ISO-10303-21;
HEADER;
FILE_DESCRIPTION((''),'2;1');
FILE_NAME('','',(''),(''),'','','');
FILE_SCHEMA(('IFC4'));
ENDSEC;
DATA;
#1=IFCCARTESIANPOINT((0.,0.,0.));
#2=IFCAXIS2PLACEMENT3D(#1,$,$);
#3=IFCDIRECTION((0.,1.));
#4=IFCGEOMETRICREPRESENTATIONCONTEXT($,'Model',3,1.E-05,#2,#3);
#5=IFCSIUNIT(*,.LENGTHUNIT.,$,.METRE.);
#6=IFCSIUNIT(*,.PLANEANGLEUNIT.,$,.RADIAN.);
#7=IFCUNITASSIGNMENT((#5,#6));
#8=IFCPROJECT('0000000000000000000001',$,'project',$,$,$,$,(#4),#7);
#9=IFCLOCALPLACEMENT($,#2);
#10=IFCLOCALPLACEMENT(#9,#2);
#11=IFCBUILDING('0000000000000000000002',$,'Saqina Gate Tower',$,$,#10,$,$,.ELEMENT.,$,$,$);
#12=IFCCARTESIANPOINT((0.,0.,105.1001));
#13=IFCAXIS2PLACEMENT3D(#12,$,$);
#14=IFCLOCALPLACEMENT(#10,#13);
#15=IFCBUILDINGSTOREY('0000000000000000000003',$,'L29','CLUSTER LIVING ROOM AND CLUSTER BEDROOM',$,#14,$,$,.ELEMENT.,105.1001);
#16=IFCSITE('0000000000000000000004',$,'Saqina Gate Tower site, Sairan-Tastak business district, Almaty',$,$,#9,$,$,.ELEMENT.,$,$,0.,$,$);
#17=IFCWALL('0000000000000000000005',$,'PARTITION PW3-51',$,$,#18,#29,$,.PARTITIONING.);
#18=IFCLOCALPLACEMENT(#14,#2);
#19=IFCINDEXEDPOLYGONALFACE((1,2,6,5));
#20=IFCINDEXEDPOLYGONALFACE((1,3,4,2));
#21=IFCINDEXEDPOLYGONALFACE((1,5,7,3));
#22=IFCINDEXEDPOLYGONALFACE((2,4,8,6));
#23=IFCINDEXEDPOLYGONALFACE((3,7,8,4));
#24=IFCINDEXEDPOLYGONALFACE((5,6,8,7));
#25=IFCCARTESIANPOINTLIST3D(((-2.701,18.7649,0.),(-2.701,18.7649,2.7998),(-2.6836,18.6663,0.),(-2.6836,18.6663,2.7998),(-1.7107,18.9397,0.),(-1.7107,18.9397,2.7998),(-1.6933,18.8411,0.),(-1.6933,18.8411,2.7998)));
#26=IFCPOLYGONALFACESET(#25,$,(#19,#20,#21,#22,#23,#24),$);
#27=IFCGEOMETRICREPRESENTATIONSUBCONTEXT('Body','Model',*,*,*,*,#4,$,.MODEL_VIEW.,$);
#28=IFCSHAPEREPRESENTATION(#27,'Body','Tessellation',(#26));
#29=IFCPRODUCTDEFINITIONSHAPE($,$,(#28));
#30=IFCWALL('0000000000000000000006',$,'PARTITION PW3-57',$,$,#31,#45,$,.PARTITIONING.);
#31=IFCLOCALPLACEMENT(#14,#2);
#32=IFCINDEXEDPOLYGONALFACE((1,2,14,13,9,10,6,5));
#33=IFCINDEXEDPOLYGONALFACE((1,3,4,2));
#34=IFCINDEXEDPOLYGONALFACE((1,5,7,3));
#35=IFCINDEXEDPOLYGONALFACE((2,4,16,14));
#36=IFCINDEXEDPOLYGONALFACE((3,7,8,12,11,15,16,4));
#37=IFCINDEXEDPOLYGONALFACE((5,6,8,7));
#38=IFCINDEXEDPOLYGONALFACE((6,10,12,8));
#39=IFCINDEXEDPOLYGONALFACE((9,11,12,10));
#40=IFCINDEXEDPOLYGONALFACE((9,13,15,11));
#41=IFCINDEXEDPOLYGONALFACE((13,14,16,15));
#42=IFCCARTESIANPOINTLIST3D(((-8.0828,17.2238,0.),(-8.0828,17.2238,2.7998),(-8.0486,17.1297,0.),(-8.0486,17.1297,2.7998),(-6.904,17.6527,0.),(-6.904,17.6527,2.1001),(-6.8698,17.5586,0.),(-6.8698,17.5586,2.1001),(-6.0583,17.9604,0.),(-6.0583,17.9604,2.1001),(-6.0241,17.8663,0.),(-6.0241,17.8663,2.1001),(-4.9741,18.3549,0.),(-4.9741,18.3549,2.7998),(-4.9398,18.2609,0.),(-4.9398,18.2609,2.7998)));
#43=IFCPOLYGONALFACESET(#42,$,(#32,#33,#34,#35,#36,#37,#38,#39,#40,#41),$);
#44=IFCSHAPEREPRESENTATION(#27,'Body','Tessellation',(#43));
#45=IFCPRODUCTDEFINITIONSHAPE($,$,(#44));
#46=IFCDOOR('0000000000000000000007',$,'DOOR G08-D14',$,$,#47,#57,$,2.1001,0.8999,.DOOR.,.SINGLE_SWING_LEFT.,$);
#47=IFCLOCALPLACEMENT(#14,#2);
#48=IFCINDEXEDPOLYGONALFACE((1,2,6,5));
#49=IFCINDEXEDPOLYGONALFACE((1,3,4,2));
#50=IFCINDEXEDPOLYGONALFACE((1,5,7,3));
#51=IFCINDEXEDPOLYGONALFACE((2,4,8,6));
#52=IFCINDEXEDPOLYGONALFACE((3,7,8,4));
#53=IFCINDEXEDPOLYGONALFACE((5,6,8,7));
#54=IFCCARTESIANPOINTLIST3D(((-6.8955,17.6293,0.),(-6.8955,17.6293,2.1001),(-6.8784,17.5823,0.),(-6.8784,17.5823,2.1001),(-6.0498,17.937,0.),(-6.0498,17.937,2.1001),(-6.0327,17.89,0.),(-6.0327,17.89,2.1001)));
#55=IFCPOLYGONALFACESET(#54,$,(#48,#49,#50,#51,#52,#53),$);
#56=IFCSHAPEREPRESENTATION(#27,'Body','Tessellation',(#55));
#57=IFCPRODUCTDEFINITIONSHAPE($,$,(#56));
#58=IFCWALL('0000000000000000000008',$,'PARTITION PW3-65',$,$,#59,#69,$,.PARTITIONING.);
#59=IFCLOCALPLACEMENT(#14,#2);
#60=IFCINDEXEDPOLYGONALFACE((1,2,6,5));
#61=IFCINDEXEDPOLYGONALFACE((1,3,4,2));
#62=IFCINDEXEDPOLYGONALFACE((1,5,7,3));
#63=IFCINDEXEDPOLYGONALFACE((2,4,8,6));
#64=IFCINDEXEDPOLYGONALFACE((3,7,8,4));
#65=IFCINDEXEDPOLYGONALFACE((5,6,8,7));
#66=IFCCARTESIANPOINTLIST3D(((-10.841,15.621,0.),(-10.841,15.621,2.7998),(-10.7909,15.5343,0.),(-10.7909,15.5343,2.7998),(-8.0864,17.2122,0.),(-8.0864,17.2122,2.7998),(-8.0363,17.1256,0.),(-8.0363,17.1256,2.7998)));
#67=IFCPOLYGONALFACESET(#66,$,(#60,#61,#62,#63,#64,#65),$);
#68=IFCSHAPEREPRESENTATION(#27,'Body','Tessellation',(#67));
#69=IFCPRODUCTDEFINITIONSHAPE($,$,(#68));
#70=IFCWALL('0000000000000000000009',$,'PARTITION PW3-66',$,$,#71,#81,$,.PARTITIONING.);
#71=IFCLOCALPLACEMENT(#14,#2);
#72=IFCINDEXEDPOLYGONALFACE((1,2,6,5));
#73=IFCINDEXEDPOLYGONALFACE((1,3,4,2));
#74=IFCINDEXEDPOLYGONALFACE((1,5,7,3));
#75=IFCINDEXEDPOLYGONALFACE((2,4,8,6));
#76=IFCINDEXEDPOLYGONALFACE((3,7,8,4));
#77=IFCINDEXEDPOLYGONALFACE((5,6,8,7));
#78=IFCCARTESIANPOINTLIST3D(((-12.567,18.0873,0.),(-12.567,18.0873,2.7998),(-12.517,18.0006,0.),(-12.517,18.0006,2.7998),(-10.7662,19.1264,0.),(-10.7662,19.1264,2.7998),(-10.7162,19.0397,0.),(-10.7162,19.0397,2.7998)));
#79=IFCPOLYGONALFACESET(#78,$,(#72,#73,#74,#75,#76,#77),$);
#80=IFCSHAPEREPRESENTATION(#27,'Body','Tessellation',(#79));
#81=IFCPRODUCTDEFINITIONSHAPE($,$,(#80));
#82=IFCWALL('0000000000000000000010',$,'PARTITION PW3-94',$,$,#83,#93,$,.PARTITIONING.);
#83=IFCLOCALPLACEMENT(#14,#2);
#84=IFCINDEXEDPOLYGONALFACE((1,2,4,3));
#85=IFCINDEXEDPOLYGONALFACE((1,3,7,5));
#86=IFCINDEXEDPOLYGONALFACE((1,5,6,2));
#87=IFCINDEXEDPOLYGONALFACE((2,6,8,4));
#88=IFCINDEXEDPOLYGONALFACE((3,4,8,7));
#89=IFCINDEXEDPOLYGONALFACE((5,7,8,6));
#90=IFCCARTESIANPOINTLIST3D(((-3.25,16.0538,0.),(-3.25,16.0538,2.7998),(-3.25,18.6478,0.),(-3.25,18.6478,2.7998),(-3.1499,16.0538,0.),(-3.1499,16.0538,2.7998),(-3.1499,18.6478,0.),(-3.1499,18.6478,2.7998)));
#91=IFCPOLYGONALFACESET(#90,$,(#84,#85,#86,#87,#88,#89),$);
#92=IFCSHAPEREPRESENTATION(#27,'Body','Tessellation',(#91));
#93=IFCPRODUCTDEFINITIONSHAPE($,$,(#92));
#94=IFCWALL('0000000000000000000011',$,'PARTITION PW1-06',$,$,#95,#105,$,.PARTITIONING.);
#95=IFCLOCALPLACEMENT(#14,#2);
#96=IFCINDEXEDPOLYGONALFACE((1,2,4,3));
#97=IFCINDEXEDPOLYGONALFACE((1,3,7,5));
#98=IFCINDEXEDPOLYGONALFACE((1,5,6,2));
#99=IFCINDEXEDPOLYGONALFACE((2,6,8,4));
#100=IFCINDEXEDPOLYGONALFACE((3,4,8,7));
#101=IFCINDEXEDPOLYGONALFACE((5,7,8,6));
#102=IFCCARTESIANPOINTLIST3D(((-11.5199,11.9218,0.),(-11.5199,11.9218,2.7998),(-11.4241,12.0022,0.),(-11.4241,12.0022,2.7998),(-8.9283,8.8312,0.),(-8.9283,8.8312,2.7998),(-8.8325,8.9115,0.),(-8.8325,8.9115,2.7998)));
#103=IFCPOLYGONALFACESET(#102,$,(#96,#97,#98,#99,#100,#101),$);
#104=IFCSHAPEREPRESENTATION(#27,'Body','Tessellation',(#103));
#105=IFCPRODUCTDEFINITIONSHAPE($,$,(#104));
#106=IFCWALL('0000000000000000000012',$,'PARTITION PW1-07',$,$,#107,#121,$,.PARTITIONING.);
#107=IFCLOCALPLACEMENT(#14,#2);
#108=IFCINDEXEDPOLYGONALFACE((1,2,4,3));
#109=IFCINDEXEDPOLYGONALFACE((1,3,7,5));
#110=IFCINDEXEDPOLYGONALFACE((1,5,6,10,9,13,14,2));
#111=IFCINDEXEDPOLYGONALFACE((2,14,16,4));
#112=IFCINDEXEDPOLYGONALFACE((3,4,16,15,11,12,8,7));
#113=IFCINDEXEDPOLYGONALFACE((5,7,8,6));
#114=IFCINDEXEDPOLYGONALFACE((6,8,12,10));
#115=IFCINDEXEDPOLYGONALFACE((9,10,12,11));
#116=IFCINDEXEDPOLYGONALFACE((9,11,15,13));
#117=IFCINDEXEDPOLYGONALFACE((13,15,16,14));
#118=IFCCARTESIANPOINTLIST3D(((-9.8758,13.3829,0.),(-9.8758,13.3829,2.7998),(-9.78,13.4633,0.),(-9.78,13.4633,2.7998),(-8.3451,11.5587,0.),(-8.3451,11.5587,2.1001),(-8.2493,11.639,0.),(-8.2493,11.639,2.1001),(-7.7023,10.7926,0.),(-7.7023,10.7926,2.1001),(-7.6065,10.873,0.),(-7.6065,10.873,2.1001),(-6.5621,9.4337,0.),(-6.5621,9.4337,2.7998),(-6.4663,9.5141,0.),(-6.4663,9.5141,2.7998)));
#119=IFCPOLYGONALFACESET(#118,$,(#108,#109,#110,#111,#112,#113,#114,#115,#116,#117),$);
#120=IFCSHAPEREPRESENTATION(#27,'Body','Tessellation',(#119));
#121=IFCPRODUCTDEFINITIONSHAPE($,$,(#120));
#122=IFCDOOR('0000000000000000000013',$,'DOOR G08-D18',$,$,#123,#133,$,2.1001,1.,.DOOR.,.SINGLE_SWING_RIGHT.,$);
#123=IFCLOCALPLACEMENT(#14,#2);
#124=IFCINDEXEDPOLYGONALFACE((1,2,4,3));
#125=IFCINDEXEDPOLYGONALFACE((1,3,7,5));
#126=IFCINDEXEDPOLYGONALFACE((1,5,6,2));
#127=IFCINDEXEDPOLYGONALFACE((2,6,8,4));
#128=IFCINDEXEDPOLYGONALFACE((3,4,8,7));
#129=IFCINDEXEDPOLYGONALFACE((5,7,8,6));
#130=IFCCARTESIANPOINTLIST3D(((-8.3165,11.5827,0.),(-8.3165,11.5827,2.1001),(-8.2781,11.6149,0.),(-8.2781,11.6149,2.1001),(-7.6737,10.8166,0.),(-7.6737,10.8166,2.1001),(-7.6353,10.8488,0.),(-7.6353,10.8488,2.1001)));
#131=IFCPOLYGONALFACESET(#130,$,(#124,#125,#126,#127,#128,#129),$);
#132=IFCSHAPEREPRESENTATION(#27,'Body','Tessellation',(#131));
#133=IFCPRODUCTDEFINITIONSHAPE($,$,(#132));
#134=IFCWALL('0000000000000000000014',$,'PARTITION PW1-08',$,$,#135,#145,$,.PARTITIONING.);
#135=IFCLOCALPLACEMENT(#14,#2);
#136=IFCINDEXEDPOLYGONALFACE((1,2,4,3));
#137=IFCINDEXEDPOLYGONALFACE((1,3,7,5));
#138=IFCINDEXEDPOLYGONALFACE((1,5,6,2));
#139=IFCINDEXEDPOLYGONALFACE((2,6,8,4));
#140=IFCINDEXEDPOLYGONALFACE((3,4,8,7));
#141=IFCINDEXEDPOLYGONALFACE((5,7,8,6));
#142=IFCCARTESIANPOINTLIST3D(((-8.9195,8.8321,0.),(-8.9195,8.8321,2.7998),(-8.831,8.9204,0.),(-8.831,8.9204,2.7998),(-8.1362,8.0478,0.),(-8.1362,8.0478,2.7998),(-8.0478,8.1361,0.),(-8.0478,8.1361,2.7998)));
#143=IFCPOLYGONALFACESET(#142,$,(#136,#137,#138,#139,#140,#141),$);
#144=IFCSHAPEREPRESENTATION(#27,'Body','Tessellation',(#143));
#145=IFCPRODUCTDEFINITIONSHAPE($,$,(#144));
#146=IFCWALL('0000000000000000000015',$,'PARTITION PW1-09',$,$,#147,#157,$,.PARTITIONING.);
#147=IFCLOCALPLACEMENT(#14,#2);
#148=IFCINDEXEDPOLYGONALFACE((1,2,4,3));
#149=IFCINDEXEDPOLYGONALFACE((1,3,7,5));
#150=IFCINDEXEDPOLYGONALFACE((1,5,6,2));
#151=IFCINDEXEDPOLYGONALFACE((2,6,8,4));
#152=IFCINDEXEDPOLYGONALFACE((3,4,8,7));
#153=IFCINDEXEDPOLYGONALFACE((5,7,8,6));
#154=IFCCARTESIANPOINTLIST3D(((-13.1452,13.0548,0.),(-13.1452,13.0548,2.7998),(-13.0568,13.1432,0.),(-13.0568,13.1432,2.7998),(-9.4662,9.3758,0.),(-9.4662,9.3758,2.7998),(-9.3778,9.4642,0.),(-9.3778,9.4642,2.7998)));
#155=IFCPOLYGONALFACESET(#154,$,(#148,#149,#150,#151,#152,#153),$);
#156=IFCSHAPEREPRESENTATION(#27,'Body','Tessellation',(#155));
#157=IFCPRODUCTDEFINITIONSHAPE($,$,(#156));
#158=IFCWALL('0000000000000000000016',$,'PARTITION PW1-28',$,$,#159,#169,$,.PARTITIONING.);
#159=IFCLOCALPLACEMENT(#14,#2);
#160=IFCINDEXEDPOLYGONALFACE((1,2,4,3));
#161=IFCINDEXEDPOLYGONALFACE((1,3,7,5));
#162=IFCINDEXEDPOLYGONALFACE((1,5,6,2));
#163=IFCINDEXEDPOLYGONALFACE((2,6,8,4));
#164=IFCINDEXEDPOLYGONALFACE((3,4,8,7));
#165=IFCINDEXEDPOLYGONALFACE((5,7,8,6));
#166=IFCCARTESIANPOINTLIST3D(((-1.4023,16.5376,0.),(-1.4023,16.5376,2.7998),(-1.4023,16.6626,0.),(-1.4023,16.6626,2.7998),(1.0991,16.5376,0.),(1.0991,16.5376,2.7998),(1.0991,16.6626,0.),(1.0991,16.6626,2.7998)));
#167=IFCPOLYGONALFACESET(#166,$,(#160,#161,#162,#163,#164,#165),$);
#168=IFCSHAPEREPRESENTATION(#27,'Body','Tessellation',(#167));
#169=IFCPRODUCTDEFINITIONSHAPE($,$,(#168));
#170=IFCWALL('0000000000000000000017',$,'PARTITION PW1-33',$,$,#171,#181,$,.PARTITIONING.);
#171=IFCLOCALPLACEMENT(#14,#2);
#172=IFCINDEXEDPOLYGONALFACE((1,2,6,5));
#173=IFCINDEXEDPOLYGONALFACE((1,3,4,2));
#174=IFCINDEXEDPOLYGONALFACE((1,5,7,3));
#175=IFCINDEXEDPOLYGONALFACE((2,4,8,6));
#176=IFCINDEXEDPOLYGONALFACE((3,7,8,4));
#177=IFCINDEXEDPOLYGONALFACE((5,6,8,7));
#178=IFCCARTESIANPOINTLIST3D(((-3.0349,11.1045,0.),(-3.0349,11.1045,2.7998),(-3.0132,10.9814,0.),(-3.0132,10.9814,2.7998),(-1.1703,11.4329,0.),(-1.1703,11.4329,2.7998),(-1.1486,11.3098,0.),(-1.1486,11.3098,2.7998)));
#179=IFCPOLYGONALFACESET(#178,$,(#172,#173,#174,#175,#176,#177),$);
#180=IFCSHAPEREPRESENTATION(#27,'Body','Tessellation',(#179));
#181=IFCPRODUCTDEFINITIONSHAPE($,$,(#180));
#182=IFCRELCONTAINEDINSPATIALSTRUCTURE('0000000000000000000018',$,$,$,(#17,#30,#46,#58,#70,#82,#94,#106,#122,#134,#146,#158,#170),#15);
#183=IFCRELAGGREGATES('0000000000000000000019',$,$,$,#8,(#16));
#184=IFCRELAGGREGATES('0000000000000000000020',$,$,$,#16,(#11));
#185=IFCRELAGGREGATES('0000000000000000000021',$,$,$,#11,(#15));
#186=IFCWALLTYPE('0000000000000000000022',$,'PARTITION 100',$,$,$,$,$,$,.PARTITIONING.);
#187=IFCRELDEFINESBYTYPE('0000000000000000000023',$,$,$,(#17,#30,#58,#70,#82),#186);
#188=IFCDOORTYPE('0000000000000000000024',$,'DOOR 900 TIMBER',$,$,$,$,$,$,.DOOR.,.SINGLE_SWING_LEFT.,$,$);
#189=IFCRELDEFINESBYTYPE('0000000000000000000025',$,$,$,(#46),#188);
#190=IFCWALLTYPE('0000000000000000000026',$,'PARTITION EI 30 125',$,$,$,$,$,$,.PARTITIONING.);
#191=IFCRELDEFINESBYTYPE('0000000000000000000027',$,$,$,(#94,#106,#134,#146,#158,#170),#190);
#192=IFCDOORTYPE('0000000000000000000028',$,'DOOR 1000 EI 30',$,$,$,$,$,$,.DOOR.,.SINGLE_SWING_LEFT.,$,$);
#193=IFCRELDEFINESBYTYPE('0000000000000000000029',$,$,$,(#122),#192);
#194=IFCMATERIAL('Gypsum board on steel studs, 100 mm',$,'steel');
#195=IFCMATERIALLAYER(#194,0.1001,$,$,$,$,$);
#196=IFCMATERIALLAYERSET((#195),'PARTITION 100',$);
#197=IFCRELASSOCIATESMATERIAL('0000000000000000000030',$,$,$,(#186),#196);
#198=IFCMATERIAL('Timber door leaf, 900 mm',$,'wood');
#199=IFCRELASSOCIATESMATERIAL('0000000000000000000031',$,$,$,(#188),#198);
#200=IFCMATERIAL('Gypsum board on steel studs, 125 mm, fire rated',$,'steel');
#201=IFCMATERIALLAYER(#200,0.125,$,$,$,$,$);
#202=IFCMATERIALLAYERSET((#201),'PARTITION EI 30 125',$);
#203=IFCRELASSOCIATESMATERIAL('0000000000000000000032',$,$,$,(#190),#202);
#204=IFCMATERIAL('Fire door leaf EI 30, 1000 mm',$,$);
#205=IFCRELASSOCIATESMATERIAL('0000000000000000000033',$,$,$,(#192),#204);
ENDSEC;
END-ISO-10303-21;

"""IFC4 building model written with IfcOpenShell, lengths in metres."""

from ifc_helpers import new_model, si_unit, direction, frame, frame_2d, origin, place, context, subcontext, project, spatial, rectangle, extrude, material, layer, layer_set, type_object, element, fill, save


model = new_model("IFC4")

# Units and contexts
model_context = context("Model", 3, precision=1e-05, world=origin(), true_north=direction((0.0, 1.0)))
body_context = subcontext(model_context, "Body", "Model", "MODEL_VIEW")
ifc_project = project(units=[si_unit("LENGTHUNIT", "METRE"), si_unit("PLANEANGLEUNIT", "RADIAN")], contexts=[model_context])

# Site, building, storey
site_placement = place(None, origin())
site = spatial("IfcSite", under=ifc_project, at=site_placement, Name="Saqina Gate Tower site, Sairan-Tastak business district, Almaty", CompositionType="ELEMENT", RefElevation=0.0)
building_placement = place(site_placement, origin())
building = spatial("IfcBuilding", under=site, at=building_placement, Name="Saqina Gate Tower", CompositionType="ELEMENT")
storey_placement = place(building_placement, frame((0.0, 0.0, 105.1001)))
storey = spatial("IfcBuildingStorey", under=building, at=storey_placement, Name="L29", Description="CLUSTER LIVING ROOM AND CLUSTER BEDROOM", CompositionType="ELEMENT", Elevation=105.1001)

# Shared definitions
ifc_material_1 = material(Name="Gypsum board on steel studs, 100 mm", Category="steel")
ifc_layer_1 = layer(ifc_material_1, 0.1001)
ifc_layer_set_1 = layer_set([ifc_layer_1], Name="PARTITION 100")
wall_type_1 = type_object("IfcWallType", Name="PARTITION 100", PredefinedType="PARTITIONING", material=ifc_layer_set_1)
ifc_material_2 = material(Name="Timber door leaf, 900 mm", Category="wood")
door_type_1 = type_object("IfcDoorType", Name="DOOR 900 TIMBER", OperationType="SINGLE_SWING_LEFT", PredefinedType="DOOR", material=ifc_material_2)

# Wall
wall_1_placement = place(storey_placement, frame((-2.6924, 18.7156, 0.0), z_axis=(0.0, 0.0, 1.0), x_axis=(0.984774, 0.173841, 0.0)))
element("IfcWall", 1, at=wall_1_placement, inside=storey, type_object=wall_type_1, Name="PARTITION PW3-51", PredefinedType="PARTITIONING", context=body_context, shape_type="SweptSolid", body=[
    extrude(rectangle(XDim=1.0056, YDim=0.1001, at=frame_2d((0.5029, 0.0))), origin(), (0.0, 0.0, 1.0), 2.7998),
])

# Wall, opening, door
wall_2_placement = place(storey_placement, frame((-8.0657, 17.1768, 0.0), z_axis=(0.0, 0.0, 1.0), x_axis=(0.939727, 0.341927, 0.0)))
wall_2 = element("IfcWall", 2, at=wall_2_placement, inside=storey, type_object=wall_type_1, Name="PARTITION PW3-57", PredefinedType="PARTITIONING", context=body_context, shape_type="SweptSolid", body=[
    extrude(rectangle(XDim=3.3081, YDim=0.1001, at=frame_2d((1.6541, 0.0))), origin(), (0.0, 0.0, 1.0), 2.7998),
])
opening_1_placement = place(wall_2_placement, frame((1.2544, 0.0, 0.0)))
opening_1 = element("IfcOpeningElement", 3, at=opening_1_placement, cuts=wall_2, PredefinedType="OPENING", context=body_context, shape_type="SweptSolid", body=[
    extrude(rectangle(XDim=0.8999, YDim=2.1001, at=frame_2d((0.45, 1.05))), frame((0.0, 0.062, 0.0), z_axis=(0.0, -1.0, 0.0), x_axis=(1.0, 0.0, 0.0)), (0.0, 0.0, 1.0), 0.124),
])
door_1_placement = place(opening_1_placement, frame((0.8999, 0.0, 0.0), z_axis=(0.0, 0.0, 1.0), x_axis=(-1.0, 0.0, 0.0)))
door_1 = element("IfcDoor", 4, at=door_1_placement, inside=storey, type_object=door_type_1, Name="DOOR G08-D14", OperationType="SINGLE_SWING_LEFT", OverallHeight=2.1001, OverallWidth=0.8999, PredefinedType="DOOR", context=body_context, shape_type="SweptSolid", body=[
    extrude(rectangle(XDim=0.8999, YDim=2.1001, at=frame_2d((0.45, 1.05))), frame((0.0, 0.0249, 0.0), z_axis=(0.0, -1.0, 0.0), x_axis=(1.0, 0.0, 0.0)), (0.0, 0.0, 1.0), 0.05),
])
fill(opening_1, door_1)

# Walls
wall_3_placement = place(storey_placement, frame((-10.8159, 15.5776, 0.0), z_axis=(0.0, 0.0, 1.0), x_axis=(0.865901, 0.500216, 0.0)))
element("IfcWall", 5, at=wall_3_placement, inside=storey, type_object=wall_type_1, Name="PARTITION PW3-65", PredefinedType="PARTITIONING", context=body_context, shape_type="SweptSolid", body=[
    extrude(rectangle(XDim=3.1812, YDim=0.1001, at=frame_2d((1.5906, 0.0))), origin(), (0.0, 0.0, 1.0), 2.7998),
])
wall_4_placement = place(storey_placement, frame((-12.542, 18.0439, 0.0), z_axis=(0.0, 0.0, 1.0), x_axis=(0.866154, 0.499777, 0.0)))
element("IfcWall", 6, at=wall_4_placement, inside=storey, type_object=wall_type_1, Name="PARTITION PW3-66", PredefinedType="PARTITIONING", context=body_context, shape_type="SweptSolid", body=[
    extrude(rectangle(XDim=2.0791, YDim=0.1001, at=frame_2d((1.0396, 0.0))), origin(), (0.0, 0.0, 1.0), 2.7998),
])
wall_5_placement = place(storey_placement, frame((-3.2, 16.054, 0.0), z_axis=(0.0, 0.0, 1.0), x_axis=(0.0, 1.0, 0.0)))
element("IfcWall", 7, at=wall_5_placement, inside=storey, type_object=wall_type_1, Name="PARTITION PW3-94", PredefinedType="PARTITIONING", context=body_context, shape_type="SweptSolid", body=[
    extrude(rectangle(XDim=2.594, YDim=0.1001, at=frame_2d((1.2969, 0.0))), origin(), (0.0, 0.0, 1.0), 2.7998),
])
ifc_material_3 = material(Name="Gypsum board on steel studs, 125 mm, fire rated", Category="steel")
ifc_layer_2 = layer(ifc_material_3, 0.125)
ifc_layer_set_2 = layer_set([ifc_layer_2], Name="PARTITION EI 30 125")
wall_type_2 = type_object("IfcWallType", Name="PARTITION EI 30 125", PredefinedType="PARTITIONING", material=ifc_layer_set_2)
wall_6_placement = place(storey_placement, frame((-11.4719, 11.9619, 0.0), z_axis=(0.0, 0.0, 1.0), x_axis=(0.642533, -0.766258, 0.0)))
element("IfcWall", 8, at=wall_6_placement, inside=storey, type_object=wall_type_2, Name="PARTITION PW1-06", PredefinedType="PARTITIONING", context=body_context, shape_type="SweptSolid", body=[
    extrude(rectangle(XDim=4.0334, YDim=0.125, at=frame_2d((2.0166, 0.0))), origin(), (0.0, 0.0, 1.0), 2.7998),
])

# Wall, opening, door
wall_7_placement = place(storey_placement, frame((-9.8279, 13.4231, 0.0), z_axis=(0.0, 0.0, 1.0), x_axis=(0.64278, -0.766051, 0.0)))
wall_7 = element("IfcWall", 9, at=wall_7_placement, inside=storey, type_object=wall_type_2, Name="PARTITION PW1-07", PredefinedType="PARTITIONING", context=body_context, shape_type="SweptSolid", body=[
    extrude(rectangle(XDim=5.1553, YDim=0.125, at=frame_2d((2.5776, 0.0))), origin(), (0.0, 0.0, 1.0), 2.7998),
])
opening_2_placement = place(wall_7_placement, frame((2.3813, 0.0, 0.0)))
opening_2 = element("IfcOpeningElement", 10, at=opening_2_placement, cuts=wall_7, PredefinedType="OPENING", context=body_context, shape_type="SweptSolid", body=[
    extrude(rectangle(XDim=1.0, YDim=2.1001, at=frame_2d((0.5, 1.05))), frame((0.0, 0.0745, 0.0), z_axis=(0.0, -1.0, 0.0), x_axis=(1.0, 0.0, 0.0)), (0.0, 0.0, 1.0), 0.1489),
])
ifc_material_4 = material(Name="Fire door leaf EI 30, 1000 mm")
door_type_2 = type_object("IfcDoorType", Name="DOOR 1000 EI 30", OperationType="SINGLE_SWING_LEFT", PredefinedType="DOOR", material=ifc_material_4)
door_2_placement = place(opening_2_placement, origin())
door_2 = element("IfcDoor", 11, at=door_2_placement, inside=storey, type_object=door_type_2, Name="DOOR G08-D18", OperationType="SINGLE_SWING_RIGHT", OverallHeight=2.1001, OverallWidth=1.0, PredefinedType="DOOR", context=body_context, shape_type="SweptSolid", body=[
    extrude(rectangle(XDim=1.0, YDim=2.1001, at=frame_2d((0.5, 1.05))), frame((0.0, 0.0249, 0.0), z_axis=(0.0, -1.0, 0.0), x_axis=(1.0, 0.0, 0.0)), (0.0, 0.0, 1.0), 0.05),
])
fill(opening_2, door_2)

# Walls
wall_8_placement = place(storey_placement, frame((-8.8752, 8.8762, 0.0), z_axis=(0.0, 0.0, 1.0), x_axis=(0.706666, -0.707547, 0.0)))
element("IfcWall", 12, at=wall_8_placement, inside=storey, type_object=wall_type_2, Name="PARTITION PW1-08", PredefinedType="PARTITIONING", context=body_context, shape_type="SweptSolid", body=[
    extrude(rectangle(XDim=1.1084, YDim=0.125, at=frame_2d((0.5542, 0.0))), origin(), (0.0, 0.0, 1.0), 2.7998),
])
wall_9_placement = place(storey_placement, frame((-13.1011, 13.0991, 0.0), z_axis=(0.0, 0.0, 1.0), x_axis=(0.707107, -0.707107, 0.0)))
element("IfcWall", 13, at=wall_9_placement, inside=storey, type_object=wall_type_2, Name="PARTITION PW1-09", PredefinedType="PARTITIONING", context=body_context, shape_type="SweptSolid", body=[
    extrude(rectangle(XDim=5.2029, YDim=0.125, at=frame_2d((2.6016, 0.0))), origin(), (0.0, 0.0, 1.0), 2.7998),
])
wall_10_placement = place(storey_placement, frame((-1.4023, 16.6001, 0.0), z_axis=(0.0, 0.0, 1.0), x_axis=(1.0, 0.0, 0.0)))
element("IfcWall", 14, at=wall_10_placement, inside=storey, type_object=wall_type_2, Name="PARTITION PW1-28", PredefinedType="PARTITIONING", context=body_context, shape_type="SweptSolid", body=[
    extrude(rectangle(XDim=2.5015, YDim=0.125, at=frame_2d((1.2507, 0.0))), origin(), (0.0, 0.0, 1.0), 2.7998),
])
wall_11_placement = place(storey_placement, frame((-3.0242, 11.043, 0.0), z_axis=(0.0, 0.0, 1.0), x_axis=(0.984843, 0.173447, 0.0)))
element("IfcWall", 15, at=wall_11_placement, inside=storey, type_object=wall_type_2, Name="PARTITION PW1-33", PredefinedType="PARTITIONING", context=body_context, shape_type="SweptSolid", body=[
    extrude(rectangle(XDim=1.8933, YDim=0.125, at=frame_2d((0.9468, 0.0))), origin(), (0.0, 0.0, 1.0), 2.7998),
])

save(model, "model.ifc")
